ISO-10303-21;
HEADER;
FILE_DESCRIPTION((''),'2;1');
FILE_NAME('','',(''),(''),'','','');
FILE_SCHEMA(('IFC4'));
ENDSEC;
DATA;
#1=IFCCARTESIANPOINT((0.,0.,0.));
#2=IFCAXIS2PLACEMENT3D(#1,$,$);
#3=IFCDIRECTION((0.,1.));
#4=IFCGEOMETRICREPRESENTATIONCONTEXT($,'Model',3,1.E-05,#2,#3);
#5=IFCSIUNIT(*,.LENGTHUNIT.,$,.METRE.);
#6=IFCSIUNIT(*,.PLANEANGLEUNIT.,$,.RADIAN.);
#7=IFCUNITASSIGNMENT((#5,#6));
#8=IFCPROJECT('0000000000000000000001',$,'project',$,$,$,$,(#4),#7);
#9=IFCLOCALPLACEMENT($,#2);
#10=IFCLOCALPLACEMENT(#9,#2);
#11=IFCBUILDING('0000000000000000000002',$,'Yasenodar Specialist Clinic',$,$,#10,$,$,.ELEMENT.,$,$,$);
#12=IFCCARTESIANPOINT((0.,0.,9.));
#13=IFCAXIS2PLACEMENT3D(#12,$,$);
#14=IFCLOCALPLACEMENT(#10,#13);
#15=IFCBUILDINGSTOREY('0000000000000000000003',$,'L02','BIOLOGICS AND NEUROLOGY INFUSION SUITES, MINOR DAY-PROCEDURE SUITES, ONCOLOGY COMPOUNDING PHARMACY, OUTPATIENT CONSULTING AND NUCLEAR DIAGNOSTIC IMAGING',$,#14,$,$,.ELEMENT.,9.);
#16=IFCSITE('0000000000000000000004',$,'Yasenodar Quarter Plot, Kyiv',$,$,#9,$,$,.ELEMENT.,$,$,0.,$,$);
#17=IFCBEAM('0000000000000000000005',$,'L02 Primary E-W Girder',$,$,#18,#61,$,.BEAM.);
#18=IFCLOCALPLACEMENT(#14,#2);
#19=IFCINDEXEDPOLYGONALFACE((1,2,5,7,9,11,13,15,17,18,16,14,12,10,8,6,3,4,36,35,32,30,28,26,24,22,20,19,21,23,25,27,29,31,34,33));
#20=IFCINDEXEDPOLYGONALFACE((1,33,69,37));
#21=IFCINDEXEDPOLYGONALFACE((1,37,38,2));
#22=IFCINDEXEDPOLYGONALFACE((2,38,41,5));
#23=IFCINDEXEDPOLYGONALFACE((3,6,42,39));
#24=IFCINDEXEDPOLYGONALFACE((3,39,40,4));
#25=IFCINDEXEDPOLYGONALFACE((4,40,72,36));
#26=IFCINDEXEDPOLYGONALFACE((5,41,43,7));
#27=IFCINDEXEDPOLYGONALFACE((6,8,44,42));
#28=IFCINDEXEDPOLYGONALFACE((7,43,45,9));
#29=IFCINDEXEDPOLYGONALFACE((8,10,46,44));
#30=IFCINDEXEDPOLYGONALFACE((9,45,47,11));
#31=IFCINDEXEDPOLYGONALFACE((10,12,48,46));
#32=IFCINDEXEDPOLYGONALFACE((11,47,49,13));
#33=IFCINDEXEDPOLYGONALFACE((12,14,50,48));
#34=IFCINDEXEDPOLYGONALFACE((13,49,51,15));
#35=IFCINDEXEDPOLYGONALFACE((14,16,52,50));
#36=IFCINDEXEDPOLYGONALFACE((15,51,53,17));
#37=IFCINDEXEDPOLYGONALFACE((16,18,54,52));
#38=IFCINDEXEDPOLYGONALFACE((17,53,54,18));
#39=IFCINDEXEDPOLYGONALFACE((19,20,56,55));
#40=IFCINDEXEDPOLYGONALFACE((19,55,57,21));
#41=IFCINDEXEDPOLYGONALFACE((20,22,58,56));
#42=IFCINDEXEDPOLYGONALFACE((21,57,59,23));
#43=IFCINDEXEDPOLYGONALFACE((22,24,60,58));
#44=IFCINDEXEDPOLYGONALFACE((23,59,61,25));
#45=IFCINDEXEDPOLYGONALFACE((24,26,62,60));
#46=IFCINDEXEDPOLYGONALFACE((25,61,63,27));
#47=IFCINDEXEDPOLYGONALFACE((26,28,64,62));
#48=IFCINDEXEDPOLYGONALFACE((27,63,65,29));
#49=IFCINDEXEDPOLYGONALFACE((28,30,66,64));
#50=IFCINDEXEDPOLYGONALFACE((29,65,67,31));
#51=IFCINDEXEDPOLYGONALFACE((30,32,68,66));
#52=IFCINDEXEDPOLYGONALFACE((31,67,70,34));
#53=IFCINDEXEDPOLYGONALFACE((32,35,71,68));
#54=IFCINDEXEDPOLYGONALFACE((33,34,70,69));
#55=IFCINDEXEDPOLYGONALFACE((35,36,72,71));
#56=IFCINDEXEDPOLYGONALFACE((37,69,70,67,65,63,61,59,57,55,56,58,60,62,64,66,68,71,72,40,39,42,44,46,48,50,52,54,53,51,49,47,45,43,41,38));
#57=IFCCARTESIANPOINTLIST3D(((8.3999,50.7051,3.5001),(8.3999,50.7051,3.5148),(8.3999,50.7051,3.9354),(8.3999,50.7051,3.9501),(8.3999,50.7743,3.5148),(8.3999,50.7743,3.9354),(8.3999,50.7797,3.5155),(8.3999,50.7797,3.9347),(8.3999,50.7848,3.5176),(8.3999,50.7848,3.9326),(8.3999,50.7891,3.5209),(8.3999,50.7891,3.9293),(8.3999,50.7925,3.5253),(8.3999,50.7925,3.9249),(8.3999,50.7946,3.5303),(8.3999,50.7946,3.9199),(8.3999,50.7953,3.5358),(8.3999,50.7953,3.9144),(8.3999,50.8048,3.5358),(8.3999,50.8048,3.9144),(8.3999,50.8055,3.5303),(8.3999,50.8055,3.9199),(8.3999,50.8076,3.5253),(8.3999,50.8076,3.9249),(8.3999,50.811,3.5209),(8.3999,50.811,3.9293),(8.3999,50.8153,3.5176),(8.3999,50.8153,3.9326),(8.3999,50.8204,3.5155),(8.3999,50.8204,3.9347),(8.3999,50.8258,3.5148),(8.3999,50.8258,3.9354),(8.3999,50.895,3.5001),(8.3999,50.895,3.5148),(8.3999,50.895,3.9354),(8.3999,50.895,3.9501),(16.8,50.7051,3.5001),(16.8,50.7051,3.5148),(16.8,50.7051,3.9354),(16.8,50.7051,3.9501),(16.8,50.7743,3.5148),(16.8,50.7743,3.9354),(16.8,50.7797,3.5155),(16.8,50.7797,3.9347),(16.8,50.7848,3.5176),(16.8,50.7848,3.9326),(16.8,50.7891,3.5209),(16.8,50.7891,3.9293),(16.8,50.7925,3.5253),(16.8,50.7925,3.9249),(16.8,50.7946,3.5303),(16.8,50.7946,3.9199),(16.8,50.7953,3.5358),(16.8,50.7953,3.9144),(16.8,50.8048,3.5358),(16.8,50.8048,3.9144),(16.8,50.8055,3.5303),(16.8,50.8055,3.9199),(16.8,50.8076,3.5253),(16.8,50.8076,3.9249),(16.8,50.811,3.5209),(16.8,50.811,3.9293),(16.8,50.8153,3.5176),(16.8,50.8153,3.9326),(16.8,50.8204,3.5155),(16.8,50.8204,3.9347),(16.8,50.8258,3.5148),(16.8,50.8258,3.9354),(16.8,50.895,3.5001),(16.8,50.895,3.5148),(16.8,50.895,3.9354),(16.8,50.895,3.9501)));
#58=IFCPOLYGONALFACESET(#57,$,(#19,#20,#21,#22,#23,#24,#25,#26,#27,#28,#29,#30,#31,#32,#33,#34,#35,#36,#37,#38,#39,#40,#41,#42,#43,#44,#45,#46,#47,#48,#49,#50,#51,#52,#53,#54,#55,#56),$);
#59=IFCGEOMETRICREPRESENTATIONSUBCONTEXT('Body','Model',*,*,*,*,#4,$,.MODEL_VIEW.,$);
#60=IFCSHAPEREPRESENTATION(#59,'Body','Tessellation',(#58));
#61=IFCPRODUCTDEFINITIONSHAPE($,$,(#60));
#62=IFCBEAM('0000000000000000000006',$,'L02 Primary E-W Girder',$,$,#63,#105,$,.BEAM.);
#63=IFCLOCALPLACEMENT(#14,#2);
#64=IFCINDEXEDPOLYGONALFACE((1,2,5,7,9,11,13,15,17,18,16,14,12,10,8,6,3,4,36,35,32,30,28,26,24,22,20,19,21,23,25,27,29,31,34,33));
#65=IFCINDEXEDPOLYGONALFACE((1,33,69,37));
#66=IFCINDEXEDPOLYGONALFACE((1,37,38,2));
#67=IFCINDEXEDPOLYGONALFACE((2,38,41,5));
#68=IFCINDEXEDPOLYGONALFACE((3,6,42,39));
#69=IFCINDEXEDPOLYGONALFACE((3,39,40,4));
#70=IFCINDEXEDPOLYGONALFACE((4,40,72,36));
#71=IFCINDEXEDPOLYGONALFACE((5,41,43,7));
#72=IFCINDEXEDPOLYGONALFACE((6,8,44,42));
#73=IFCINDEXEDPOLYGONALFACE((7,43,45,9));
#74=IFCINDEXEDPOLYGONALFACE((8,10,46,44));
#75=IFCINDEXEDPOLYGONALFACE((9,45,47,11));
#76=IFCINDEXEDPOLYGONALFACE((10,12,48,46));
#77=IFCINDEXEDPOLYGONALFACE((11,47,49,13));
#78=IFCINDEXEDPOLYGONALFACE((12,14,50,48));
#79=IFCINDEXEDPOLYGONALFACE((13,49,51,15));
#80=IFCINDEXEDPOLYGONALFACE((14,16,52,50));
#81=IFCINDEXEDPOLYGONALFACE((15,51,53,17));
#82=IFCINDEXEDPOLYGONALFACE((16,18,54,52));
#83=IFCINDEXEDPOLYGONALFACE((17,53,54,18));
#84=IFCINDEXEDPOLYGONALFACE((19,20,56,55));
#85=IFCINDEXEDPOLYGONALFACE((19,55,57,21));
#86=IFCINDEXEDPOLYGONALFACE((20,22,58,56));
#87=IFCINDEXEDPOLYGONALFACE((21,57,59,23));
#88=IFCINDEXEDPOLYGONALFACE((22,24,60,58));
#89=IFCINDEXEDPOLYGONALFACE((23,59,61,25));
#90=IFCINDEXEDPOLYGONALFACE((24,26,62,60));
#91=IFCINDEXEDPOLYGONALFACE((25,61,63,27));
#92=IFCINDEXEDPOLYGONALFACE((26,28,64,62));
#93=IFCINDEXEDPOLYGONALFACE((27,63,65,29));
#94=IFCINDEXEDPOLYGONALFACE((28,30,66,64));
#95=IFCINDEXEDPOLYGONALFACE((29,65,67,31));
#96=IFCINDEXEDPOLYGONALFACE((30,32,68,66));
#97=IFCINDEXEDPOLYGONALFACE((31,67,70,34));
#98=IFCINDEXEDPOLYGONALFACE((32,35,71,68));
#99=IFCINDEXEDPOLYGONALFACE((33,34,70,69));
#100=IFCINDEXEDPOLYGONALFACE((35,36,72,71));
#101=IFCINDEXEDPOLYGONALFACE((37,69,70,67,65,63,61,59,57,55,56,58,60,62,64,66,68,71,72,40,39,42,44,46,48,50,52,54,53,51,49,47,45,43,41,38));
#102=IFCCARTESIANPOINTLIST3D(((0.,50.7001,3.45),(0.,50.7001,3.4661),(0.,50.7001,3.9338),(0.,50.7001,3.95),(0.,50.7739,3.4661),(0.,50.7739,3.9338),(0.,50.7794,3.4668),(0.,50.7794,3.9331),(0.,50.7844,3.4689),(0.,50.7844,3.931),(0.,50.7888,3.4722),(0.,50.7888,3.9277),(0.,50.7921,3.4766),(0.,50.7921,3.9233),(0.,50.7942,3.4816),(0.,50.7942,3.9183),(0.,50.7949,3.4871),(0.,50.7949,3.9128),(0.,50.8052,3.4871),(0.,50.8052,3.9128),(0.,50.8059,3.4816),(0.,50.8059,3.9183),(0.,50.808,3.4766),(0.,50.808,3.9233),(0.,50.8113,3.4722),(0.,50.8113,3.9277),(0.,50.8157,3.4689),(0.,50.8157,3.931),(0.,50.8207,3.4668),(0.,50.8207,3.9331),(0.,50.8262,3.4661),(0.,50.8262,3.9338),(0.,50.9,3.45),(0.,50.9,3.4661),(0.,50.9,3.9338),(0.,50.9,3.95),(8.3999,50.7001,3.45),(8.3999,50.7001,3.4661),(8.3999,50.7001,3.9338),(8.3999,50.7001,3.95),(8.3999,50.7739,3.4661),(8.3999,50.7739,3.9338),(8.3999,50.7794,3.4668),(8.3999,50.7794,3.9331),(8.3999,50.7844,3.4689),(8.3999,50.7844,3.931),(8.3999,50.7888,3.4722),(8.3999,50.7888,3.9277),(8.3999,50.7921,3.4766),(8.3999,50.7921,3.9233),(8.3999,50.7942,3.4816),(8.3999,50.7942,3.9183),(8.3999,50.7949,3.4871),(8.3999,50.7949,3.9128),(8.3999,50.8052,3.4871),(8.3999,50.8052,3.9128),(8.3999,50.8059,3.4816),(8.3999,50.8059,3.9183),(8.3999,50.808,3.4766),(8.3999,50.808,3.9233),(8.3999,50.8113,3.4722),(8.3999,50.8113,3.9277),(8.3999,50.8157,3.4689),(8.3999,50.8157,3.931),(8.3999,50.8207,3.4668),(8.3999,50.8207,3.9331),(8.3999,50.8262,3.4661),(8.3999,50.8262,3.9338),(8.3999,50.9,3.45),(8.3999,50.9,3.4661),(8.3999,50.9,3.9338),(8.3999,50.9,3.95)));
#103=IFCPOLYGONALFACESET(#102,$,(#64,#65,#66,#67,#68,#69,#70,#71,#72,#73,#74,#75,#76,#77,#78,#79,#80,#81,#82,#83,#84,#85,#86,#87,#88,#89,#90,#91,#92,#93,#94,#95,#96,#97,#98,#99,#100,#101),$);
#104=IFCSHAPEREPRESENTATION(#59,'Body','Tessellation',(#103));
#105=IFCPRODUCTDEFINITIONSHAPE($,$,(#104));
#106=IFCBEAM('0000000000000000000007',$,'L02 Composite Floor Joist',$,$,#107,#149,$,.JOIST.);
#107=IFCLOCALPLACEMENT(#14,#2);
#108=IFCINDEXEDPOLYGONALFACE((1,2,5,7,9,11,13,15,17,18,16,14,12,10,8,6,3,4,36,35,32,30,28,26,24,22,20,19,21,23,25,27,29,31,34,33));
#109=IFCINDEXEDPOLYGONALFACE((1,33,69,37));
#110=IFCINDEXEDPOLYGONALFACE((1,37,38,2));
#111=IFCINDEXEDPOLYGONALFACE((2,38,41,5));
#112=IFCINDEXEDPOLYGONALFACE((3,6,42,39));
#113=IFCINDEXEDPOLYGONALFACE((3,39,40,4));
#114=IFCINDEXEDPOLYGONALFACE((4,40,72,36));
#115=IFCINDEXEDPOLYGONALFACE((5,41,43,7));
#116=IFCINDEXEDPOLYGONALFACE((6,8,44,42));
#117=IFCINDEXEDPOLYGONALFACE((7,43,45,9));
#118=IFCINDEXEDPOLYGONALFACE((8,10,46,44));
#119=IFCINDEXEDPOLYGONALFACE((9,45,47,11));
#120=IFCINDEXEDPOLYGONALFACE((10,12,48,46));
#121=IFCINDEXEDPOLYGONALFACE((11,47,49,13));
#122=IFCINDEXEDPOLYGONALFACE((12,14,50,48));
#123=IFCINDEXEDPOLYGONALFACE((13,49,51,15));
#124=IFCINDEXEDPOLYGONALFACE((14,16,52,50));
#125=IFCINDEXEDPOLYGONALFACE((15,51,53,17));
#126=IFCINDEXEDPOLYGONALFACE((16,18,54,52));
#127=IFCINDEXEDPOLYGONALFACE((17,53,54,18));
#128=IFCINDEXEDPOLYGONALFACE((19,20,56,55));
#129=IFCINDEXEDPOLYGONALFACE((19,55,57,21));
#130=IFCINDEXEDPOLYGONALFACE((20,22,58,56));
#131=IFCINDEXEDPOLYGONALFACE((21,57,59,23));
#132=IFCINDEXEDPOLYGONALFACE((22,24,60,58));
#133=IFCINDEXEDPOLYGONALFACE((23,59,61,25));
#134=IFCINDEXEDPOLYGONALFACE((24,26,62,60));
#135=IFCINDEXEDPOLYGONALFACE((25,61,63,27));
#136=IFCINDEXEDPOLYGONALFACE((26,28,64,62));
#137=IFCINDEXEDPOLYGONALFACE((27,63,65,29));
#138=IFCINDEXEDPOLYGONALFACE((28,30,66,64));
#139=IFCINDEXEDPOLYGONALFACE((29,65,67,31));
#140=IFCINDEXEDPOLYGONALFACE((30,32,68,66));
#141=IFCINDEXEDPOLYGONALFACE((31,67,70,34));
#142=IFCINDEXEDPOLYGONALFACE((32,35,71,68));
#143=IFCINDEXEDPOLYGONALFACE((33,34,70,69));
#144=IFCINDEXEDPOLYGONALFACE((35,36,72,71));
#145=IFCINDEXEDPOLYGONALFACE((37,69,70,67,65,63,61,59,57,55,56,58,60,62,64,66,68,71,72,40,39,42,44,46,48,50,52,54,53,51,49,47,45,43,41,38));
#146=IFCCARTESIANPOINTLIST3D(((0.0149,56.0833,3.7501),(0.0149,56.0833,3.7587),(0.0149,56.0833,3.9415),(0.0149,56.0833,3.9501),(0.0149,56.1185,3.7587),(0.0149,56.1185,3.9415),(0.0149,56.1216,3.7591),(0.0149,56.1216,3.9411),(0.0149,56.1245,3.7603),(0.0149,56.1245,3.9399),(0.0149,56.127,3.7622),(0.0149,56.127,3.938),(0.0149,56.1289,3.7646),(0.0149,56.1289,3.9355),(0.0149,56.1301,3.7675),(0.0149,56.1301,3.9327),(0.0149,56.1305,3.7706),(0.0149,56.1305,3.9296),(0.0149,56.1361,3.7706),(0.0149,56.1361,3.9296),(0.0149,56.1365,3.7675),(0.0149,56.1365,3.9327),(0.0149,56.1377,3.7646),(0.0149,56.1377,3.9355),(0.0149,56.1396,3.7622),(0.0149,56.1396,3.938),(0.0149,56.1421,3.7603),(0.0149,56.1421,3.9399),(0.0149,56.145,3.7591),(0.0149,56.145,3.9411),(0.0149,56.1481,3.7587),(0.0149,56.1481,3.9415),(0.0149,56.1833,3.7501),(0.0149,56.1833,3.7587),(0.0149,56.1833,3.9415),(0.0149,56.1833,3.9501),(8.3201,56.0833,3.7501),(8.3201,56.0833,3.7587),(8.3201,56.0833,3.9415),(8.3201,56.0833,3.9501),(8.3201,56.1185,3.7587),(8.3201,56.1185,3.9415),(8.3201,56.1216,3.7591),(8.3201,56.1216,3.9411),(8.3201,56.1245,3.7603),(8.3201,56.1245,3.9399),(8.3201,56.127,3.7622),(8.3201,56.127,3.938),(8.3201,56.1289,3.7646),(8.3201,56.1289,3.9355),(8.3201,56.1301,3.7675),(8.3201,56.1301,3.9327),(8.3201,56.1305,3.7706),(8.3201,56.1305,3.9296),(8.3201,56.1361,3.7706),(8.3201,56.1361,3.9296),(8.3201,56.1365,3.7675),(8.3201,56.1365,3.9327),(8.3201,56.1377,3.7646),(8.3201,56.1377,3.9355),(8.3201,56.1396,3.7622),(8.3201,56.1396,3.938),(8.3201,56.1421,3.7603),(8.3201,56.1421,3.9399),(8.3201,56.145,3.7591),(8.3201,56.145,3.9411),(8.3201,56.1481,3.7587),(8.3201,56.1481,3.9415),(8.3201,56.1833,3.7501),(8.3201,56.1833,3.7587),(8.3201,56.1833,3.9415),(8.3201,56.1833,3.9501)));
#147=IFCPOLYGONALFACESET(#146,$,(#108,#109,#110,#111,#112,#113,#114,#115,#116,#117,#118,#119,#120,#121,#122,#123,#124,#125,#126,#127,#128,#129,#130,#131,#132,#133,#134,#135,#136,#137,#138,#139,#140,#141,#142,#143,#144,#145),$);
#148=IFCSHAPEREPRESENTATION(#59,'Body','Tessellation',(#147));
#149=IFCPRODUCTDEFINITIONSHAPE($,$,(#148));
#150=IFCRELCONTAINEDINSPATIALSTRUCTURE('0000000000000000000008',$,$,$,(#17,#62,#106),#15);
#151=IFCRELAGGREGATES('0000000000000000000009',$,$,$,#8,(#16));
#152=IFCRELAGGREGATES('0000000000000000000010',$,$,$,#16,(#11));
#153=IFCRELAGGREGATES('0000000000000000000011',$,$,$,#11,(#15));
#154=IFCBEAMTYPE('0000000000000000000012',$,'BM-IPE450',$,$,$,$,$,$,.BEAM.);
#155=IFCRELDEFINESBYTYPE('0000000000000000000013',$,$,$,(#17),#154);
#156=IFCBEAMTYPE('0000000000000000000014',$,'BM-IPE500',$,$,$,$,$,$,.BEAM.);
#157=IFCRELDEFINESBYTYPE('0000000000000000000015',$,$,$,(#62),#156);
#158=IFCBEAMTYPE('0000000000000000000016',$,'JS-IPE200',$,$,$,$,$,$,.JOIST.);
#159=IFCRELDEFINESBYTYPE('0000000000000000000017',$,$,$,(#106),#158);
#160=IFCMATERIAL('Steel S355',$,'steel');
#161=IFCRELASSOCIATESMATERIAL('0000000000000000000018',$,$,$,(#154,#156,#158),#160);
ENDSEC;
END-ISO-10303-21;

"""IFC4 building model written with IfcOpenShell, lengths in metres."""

from ifc_helpers import new_model, si_unit, direction, frame, origin, origin_2d, place, context, subcontext, project, spatial, i_section, extrude, material, material_profile, profile_set, type_object, element, save


model = new_model("IFC4")

# Units and contexts
model_context = context("Model", 3, precision=1e-05, world=origin(), true_north=direction((0.0, 1.0)))
body_context = subcontext(model_context, "Body", "Model", "MODEL_VIEW")
ifc_project = project(units=[si_unit("LENGTHUNIT", "METRE"), si_unit("PLANEANGLEUNIT", "RADIAN")], contexts=[model_context])

# Site, building, storey
site_placement = place(None, origin())
site = spatial("IfcSite", under=ifc_project, at=site_placement, Name="Yasenodar Quarter Plot, Kyiv", CompositionType="ELEMENT", RefElevation=0.0)
building_placement = place(site_placement, origin())
building = spatial("IfcBuilding", under=site, at=building_placement, Name="Yasenodar Specialist Clinic", CompositionType="ELEMENT")
storey_placement = place(building_placement, frame((0.0, 0.0, 9.0)))
storey = spatial("IfcBuildingStorey", under=building, at=storey_placement, Name="L02", Description="BIOLOGICS AND NEUROLOGY INFUSION SUITES, MINOR DAY-PROCEDURE SUITES, ONCOLOGY COMPOUNDING PHARMACY, OUTPATIENT CONSULTING AND NUCLEAR DIAGNOSTIC IMAGING", CompositionType="ELEMENT", Elevation=9.0)

# Shared definitions
ifc_material_1 = material(Name="Steel S355", Category="steel")

# Beams
ifc_material_profile_1 = material_profile(ifc_material_1, i_section(OverallWidth=0.1899, OverallDepth=0.45, WebThickness=0.0095, FlangeThickness=0.0146, FilletRadius=0.021, at=origin_2d()), Name="IPE 450")
ifc_profile_set_1 = profile_set([ifc_material_profile_1], Name="Steel S355")
beam_type_1 = type_object("IfcBeamType", Name="BM-IPE450", PredefinedType="BEAM", material=ifc_profile_set_1)
beam_1_placement = place(storey_placement, frame((8.3999, 50.8, 3.7251), z_axis=(1.0, 0.0, 0.0), x_axis=(0.0, 1.0, 0.0)))
element("IfcBeam", 1, at=beam_1_placement, inside=storey, type_object=beam_type_1, Name="L02 Primary E-W Girder", PredefinedType="BEAM", context=body_context, shape_type="SweptSolid", body=[
    extrude(i_section(OverallWidth=0.1899, OverallDepth=0.45, WebThickness=0.0095, FlangeThickness=0.0146, FilletRadius=0.021, at=origin_2d()), origin(), (0.0, 0.0, 1.0), 8.4001),
])
ifc_material_profile_2 = material_profile(ifc_material_1, i_section(OverallWidth=0.2, OverallDepth=0.5, WebThickness=0.0103, FlangeThickness=0.0161, FilletRadius=0.021, at=origin_2d()), Name="IPE 500")
ifc_profile_set_2 = profile_set([ifc_material_profile_2], Name="Steel S355")
beam_type_2 = type_object("IfcBeamType", Name="BM-IPE500", PredefinedType="BEAM", material=ifc_profile_set_2)
beam_2_placement = place(storey_placement, frame((0.0, 50.8, 3.7), z_axis=(1.0, 0.0, 0.0), x_axis=(0.0, 1.0, 0.0)))
element("IfcBeam", 2, at=beam_2_placement, inside=storey, type_object=beam_type_2, Name="L02 Primary E-W Girder", PredefinedType="BEAM", context=body_context, shape_type="SweptSolid", body=[
    extrude(i_section(OverallWidth=0.2, OverallDepth=0.5, WebThickness=0.0103, FlangeThickness=0.0161, FilletRadius=0.021, at=origin_2d()), origin(), (0.0, 0.0, 1.0), 8.3999),
])
ifc_material_profile_3 = material_profile(ifc_material_1, i_section(OverallWidth=0.1001, OverallDepth=0.2, WebThickness=0.0056, FlangeThickness=0.0085, FilletRadius=0.012, at=origin_2d()), Name="IPE 200")
ifc_profile_set_3 = profile_set([ifc_material_profile_3], Name="Steel S355")
beam_type_3 = type_object("IfcBeamType", Name="JS-IPE200", PredefinedType="JOIST", material=ifc_profile_set_3)
beam_3_placement = place(storey_placement, frame((0.0149, 56.1333, 3.8501), z_axis=(1.0, 0.0, 0.0), x_axis=(0.0, 1.0, 0.0)))
element("IfcBeam", 3, at=beam_3_placement, inside=storey, type_object=beam_type_3, Name="L02 Composite Floor Joist", PredefinedType="JOIST", context=body_context, shape_type="SweptSolid", body=[
    extrude(i_section(OverallWidth=0.1001, OverallDepth=0.2, WebThickness=0.0056, FlangeThickness=0.0085, FilletRadius=0.012, at=origin_2d()), origin(), (0.0, 0.0, 1.0), 8.3052),
])

save(model, "model.ifc")
